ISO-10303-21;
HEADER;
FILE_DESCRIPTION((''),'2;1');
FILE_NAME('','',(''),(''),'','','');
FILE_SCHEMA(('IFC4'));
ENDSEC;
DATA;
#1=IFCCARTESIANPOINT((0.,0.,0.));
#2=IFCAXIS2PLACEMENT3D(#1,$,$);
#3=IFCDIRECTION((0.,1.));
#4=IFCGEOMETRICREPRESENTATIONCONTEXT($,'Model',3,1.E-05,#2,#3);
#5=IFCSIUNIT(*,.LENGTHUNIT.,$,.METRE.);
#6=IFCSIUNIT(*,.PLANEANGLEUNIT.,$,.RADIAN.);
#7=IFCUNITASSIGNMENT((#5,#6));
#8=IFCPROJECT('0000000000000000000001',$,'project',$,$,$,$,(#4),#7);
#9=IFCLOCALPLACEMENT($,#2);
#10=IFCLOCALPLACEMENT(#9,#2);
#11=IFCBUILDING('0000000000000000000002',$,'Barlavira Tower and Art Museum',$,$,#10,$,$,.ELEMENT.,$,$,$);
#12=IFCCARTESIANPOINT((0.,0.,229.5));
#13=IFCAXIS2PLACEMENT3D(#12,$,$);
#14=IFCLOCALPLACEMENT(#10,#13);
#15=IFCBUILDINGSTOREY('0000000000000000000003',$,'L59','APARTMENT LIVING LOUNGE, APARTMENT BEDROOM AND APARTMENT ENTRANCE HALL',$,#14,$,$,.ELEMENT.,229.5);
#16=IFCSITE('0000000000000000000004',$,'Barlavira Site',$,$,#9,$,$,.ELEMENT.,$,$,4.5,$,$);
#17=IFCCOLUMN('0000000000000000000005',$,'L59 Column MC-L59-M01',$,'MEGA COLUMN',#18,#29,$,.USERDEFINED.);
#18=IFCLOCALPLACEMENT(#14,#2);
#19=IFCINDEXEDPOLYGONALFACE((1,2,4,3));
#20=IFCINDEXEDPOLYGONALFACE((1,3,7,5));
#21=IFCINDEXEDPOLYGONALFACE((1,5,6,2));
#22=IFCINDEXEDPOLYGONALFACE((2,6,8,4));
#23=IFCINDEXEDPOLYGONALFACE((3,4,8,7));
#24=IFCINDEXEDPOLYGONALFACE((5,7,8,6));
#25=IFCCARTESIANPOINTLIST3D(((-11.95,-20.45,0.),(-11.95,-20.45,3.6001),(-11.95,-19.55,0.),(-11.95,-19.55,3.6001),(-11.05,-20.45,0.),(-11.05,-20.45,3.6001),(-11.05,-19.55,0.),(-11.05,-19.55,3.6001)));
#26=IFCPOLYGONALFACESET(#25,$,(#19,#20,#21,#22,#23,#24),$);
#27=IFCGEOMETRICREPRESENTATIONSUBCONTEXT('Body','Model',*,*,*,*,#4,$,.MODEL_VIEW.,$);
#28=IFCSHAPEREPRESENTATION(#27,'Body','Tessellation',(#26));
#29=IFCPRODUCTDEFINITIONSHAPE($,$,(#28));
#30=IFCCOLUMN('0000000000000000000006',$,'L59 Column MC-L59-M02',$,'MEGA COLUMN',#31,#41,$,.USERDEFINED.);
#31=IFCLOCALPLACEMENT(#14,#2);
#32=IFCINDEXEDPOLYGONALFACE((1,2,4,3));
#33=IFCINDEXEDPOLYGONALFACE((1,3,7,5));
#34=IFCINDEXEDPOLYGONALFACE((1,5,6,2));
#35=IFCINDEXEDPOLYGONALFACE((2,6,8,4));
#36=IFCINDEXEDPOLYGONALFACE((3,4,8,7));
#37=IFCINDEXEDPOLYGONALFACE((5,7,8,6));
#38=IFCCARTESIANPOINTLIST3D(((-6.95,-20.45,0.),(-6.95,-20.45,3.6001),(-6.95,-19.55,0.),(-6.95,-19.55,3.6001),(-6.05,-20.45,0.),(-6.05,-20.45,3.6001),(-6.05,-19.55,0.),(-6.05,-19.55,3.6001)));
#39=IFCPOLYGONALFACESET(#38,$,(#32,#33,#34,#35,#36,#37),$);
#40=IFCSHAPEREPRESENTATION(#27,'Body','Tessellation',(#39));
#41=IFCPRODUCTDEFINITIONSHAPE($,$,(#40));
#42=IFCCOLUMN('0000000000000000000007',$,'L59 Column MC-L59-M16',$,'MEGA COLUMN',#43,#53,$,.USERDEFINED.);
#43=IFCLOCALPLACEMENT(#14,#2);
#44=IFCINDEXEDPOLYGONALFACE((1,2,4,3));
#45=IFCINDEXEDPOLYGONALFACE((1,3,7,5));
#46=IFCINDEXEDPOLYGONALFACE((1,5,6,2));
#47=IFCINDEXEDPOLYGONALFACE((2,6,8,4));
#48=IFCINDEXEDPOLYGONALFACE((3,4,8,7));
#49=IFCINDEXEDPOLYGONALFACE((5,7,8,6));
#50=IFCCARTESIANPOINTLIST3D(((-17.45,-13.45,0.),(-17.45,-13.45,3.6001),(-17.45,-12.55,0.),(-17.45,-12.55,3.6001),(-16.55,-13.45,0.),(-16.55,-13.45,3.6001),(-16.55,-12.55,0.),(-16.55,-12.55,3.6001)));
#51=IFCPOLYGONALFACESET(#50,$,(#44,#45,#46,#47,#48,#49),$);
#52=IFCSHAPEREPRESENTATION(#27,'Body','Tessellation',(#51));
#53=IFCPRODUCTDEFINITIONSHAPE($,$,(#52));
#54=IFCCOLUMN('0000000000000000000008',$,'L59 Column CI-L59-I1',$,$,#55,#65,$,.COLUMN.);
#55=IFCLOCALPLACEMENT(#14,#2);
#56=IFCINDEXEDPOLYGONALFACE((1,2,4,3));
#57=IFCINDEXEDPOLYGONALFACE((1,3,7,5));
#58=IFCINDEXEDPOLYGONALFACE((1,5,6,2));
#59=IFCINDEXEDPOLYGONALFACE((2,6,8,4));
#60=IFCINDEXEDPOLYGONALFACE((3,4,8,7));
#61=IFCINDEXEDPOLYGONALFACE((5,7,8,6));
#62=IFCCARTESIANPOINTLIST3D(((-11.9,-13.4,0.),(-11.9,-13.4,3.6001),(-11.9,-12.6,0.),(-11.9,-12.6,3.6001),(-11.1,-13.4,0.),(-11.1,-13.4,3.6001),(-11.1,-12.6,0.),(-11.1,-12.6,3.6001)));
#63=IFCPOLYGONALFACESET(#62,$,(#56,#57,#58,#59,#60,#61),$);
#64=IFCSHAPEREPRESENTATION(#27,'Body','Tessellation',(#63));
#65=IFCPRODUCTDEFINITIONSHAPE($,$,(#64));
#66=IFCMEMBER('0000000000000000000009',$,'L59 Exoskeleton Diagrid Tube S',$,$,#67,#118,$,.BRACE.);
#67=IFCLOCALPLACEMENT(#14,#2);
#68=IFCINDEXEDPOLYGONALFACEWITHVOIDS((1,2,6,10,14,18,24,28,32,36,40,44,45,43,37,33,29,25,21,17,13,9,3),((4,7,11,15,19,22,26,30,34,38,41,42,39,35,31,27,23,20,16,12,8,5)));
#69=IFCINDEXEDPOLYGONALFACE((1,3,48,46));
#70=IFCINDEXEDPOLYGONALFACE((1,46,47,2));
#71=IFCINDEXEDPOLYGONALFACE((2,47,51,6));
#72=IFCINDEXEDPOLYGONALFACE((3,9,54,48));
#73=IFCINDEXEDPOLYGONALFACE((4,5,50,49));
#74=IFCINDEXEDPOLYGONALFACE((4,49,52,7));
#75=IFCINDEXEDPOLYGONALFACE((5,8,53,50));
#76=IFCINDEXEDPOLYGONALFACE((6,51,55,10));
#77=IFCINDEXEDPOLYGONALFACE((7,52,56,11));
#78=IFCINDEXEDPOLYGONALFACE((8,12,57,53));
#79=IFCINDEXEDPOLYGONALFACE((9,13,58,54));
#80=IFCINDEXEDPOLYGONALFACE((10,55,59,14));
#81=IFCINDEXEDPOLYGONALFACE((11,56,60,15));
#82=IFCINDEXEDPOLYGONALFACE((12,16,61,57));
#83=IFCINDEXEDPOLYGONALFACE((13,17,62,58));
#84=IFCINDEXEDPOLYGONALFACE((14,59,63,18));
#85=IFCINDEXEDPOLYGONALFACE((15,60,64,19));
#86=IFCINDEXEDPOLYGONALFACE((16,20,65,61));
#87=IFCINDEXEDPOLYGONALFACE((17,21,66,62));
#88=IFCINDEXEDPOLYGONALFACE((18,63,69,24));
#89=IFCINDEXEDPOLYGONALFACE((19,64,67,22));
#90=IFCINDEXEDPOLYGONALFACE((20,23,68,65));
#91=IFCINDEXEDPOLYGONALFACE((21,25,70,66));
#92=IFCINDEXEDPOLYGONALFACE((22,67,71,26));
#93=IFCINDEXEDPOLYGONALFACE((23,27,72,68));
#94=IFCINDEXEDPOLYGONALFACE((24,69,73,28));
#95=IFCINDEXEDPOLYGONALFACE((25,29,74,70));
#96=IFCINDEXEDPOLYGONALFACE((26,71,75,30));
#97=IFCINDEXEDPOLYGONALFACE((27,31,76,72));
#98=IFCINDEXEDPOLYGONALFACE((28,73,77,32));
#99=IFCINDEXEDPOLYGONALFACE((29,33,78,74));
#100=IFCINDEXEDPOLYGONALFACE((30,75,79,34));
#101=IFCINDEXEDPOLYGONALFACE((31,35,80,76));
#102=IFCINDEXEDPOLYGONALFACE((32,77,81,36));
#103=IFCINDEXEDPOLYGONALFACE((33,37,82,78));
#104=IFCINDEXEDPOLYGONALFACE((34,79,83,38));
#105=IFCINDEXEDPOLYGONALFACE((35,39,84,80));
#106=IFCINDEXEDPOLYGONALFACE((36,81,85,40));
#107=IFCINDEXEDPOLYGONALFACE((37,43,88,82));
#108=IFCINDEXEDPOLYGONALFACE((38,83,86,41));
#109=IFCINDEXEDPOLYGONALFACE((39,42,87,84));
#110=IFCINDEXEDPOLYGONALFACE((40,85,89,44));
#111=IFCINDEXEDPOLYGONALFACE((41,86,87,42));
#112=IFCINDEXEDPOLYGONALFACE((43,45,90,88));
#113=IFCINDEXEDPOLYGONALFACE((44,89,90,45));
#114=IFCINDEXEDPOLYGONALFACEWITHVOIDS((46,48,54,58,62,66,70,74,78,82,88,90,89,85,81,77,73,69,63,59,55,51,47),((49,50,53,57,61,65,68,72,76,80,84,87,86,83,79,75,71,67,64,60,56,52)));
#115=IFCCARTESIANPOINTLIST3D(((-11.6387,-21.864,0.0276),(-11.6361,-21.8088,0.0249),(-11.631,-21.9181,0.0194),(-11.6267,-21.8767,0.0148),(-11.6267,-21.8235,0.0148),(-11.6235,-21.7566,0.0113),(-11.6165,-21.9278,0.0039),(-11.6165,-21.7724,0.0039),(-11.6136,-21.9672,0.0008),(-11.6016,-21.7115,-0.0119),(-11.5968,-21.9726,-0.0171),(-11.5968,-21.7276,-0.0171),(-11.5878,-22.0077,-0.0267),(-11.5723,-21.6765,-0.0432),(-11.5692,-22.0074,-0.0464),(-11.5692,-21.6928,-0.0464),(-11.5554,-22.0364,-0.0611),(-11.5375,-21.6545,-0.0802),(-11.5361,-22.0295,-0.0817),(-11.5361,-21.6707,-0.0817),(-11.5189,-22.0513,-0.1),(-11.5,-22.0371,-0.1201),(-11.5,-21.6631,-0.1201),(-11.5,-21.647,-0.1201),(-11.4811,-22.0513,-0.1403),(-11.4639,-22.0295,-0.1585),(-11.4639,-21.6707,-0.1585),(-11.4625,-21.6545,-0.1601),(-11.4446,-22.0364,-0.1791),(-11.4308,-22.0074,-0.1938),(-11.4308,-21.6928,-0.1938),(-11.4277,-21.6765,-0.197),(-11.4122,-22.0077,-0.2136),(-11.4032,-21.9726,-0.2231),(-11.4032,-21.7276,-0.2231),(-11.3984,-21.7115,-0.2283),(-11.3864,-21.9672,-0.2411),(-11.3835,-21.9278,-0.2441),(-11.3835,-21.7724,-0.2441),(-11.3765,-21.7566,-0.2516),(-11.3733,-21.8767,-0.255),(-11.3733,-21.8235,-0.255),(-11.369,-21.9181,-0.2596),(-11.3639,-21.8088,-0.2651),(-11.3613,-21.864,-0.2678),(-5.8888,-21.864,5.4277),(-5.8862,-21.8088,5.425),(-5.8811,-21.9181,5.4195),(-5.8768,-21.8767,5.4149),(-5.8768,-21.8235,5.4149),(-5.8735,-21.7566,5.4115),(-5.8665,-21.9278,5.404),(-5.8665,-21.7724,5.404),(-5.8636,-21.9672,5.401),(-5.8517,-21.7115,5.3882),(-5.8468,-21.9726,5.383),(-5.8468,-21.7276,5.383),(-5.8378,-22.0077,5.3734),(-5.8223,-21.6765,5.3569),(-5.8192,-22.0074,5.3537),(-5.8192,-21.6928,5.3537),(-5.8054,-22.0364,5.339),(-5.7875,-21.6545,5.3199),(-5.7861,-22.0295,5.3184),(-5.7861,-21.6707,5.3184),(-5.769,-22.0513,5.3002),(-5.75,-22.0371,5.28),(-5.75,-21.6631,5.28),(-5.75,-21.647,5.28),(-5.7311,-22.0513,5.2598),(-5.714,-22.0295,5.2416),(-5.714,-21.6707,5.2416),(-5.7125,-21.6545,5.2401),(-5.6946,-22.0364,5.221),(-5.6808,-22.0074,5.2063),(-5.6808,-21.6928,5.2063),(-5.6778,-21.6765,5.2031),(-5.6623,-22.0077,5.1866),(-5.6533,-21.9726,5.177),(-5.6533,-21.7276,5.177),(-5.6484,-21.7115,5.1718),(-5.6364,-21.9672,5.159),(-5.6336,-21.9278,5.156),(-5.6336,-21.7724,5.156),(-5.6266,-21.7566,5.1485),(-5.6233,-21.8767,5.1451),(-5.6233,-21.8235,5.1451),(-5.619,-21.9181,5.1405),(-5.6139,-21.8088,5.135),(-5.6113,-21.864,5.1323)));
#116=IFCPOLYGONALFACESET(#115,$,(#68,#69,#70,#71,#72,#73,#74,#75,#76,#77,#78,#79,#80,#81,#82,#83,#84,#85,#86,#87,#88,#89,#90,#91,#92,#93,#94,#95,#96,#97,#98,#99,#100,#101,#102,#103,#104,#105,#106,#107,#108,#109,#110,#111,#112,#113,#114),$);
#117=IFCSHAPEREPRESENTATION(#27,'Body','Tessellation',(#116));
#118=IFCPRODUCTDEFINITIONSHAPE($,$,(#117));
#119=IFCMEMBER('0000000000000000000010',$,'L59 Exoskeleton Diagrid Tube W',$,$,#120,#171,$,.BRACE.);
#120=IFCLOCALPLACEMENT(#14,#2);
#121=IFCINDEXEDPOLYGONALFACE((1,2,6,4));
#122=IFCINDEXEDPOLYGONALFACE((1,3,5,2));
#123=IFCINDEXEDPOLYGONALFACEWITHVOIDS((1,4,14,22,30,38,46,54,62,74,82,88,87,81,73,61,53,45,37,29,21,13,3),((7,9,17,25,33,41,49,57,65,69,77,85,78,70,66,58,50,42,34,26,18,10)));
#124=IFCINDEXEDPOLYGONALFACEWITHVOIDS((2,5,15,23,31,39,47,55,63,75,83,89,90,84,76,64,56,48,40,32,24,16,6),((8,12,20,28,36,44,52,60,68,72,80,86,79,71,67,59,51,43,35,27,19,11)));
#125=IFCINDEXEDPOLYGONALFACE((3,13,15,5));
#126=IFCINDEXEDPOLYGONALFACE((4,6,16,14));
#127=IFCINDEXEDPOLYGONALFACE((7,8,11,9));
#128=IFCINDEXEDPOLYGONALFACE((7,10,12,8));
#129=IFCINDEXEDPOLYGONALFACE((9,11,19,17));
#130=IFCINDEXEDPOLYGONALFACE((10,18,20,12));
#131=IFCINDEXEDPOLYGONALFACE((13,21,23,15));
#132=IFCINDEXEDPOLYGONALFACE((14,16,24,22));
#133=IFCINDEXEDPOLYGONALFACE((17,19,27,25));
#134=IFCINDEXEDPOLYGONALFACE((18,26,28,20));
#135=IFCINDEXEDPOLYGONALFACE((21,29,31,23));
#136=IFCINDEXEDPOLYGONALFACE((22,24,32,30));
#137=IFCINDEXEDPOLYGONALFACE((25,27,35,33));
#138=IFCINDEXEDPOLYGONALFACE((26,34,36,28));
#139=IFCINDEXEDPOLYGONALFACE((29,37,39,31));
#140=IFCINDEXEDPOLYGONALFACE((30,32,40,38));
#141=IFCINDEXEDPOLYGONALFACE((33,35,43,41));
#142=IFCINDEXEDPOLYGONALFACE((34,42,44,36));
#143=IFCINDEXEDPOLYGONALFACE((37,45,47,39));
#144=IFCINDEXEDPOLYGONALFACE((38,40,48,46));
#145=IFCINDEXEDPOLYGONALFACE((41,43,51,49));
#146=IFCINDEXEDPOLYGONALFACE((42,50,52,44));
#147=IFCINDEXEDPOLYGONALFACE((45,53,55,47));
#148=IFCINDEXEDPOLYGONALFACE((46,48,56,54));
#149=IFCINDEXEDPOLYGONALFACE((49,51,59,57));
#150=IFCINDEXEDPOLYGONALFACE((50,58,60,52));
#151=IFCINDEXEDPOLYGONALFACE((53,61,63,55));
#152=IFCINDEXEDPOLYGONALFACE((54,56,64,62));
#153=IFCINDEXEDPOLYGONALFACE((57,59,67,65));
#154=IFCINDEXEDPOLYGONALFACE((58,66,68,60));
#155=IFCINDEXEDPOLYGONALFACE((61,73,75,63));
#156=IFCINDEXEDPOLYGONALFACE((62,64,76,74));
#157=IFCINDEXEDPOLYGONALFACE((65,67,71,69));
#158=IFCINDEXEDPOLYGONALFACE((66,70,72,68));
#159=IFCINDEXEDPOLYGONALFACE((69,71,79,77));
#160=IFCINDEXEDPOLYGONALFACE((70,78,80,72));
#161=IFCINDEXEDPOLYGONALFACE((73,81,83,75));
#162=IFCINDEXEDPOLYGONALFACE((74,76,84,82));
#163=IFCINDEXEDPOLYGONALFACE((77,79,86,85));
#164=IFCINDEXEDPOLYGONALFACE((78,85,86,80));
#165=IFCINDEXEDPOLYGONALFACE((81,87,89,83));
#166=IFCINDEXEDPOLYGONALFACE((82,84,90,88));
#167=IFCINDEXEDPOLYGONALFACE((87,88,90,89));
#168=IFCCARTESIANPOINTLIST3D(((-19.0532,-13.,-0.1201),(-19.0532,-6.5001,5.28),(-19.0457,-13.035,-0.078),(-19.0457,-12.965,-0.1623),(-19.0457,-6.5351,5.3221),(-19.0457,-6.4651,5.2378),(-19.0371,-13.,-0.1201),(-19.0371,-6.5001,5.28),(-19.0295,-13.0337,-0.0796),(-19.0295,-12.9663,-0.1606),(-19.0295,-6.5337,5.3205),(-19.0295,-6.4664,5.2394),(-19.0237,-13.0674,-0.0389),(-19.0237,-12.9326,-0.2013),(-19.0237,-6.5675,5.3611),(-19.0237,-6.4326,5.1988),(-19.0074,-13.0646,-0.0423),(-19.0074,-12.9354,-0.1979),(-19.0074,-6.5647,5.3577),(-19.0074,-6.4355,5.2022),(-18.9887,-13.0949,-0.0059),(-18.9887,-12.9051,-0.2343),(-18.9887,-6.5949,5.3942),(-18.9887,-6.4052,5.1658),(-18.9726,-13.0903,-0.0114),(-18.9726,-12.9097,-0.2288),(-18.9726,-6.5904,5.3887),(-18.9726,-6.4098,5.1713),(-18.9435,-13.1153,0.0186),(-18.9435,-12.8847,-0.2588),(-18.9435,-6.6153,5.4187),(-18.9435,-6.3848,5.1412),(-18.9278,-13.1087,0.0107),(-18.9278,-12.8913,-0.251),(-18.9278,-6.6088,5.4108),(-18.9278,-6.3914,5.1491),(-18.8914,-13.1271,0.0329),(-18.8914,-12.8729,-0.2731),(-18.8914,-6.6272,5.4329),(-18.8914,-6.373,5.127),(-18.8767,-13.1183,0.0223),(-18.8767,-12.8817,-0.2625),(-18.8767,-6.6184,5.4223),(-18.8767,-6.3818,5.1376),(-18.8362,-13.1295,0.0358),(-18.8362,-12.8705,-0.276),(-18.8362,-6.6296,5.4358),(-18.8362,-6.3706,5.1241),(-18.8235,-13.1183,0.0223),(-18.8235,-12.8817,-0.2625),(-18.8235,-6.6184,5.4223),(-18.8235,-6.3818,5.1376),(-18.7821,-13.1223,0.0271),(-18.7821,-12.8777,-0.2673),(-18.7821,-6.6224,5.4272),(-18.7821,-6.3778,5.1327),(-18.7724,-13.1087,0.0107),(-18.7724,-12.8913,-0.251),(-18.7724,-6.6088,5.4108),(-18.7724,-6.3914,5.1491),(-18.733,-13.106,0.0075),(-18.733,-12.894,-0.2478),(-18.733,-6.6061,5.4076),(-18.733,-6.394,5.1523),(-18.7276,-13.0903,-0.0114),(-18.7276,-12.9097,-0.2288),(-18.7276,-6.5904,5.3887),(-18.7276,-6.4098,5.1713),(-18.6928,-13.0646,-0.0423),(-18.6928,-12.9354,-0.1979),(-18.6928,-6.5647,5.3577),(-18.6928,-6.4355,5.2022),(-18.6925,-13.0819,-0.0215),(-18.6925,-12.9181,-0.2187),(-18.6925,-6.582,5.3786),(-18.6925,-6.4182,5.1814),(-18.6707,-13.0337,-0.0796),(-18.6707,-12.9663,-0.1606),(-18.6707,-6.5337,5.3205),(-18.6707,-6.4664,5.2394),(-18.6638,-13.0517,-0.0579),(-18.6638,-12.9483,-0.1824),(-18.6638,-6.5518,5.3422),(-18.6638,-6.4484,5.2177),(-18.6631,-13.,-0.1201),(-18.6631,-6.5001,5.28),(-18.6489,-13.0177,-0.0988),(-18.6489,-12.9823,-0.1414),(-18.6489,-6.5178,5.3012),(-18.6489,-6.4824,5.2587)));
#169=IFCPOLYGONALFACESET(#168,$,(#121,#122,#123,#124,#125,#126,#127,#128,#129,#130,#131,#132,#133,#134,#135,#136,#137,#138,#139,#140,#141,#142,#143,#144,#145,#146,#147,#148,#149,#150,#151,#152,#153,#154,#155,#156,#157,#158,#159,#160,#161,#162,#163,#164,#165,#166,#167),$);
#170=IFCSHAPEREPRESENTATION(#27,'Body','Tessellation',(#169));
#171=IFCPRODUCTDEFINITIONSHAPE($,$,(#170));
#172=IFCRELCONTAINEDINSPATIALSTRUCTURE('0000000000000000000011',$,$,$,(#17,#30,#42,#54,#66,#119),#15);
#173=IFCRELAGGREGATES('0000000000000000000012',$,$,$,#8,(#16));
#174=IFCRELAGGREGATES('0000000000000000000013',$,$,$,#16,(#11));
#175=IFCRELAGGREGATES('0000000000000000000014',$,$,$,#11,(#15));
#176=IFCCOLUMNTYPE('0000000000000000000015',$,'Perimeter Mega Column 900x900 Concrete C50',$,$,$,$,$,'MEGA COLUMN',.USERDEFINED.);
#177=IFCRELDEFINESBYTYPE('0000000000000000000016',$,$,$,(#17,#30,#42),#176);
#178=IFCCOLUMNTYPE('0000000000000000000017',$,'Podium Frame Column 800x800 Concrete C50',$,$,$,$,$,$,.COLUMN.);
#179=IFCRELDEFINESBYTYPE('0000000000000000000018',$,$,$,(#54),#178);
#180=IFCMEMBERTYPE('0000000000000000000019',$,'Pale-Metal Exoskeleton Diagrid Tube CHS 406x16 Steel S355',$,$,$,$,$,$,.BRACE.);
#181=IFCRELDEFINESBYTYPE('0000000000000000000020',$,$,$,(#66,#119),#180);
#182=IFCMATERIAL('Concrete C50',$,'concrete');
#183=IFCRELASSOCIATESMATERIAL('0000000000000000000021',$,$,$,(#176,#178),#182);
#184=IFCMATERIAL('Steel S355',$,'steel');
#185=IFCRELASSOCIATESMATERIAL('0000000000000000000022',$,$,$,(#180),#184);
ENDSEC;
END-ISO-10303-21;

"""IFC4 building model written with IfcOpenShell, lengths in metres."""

from ifc_helpers import new_model, si_unit, direction, frame, origin, origin_2d, place, context, subcontext, project, spatial, rectangle, hollow_circle, extrude, material, material_profile, profile_set, type_object, element, save


model = new_model("IFC4")

# Units and contexts
model_context = context("Model", 3, precision=1e-05, world=origin(), true_north=direction((0.0, 1.0)))
body_context = subcontext(model_context, "Body", "Model", "MODEL_VIEW")
ifc_project = project(units=[si_unit("LENGTHUNIT", "METRE"), si_unit("PLANEANGLEUNIT", "RADIAN")], contexts=[model_context])

# Site, building, storey
site_placement = place(None, origin())
site = spatial("IfcSite", under=ifc_project, at=site_placement, Name="Barlavira Site", CompositionType="ELEMENT", RefElevation=4.5)
building_placement = place(site_placement, origin())
building = spatial("IfcBuilding", under=site, at=building_placement, Name="Barlavira Tower and Art Museum", CompositionType="ELEMENT")
storey_placement = place(building_placement, frame((0.0, 0.0, 229.5)))
storey = spatial("IfcBuildingStorey", under=building, at=storey_placement, Name="L59", Description="APARTMENT LIVING LOUNGE, APARTMENT BEDROOM AND APARTMENT ENTRANCE HALL", CompositionType="ELEMENT", Elevation=229.5)

# Columns
ifc_material_1 = material(Name="Concrete C50", Category="concrete")
ifc_material_profile_1 = material_profile(ifc_material_1, rectangle(XDim=0.8999, YDim=0.8999, at=origin_2d()), Name="RC-COL 900x900")
ifc_profile_set_1 = profile_set([ifc_material_profile_1], Name="Concrete C50")
column_type_1 = type_object("IfcColumnType", Name="Perimeter Mega Column 900x900 Concrete C50", ElementType="MEGA COLUMN", PredefinedType="USERDEFINED", material=ifc_profile_set_1)
for number, where, z_axis, x_axis, name in (
    (1, (-11.5, -20.0, 0.0), (0.0, 0.0, 1.0), (1.0, 0.0, 0.0), "L59 Column MC-L59-M01"),
    (2, (-6.5, -20.0, 0.0), (0.0, 0.0, 1.0), (1.0, 0.0, 0.0), "L59 Column MC-L59-M02"),
    (3, (-17.0, -13.0, 0.0), (0.0, 0.0, 1.0), (1.0, 0.0, 0.0), "L59 Column MC-L59-M16"),
):
    element("IfcColumn", number, at=place(storey_placement, frame(where, z_axis=z_axis, x_axis=x_axis)), inside=storey, type_object=column_type_1, Name=name, ObjectType="MEGA COLUMN", PredefinedType="USERDEFINED", context=body_context, shape_type="SweptSolid", body=[
        extrude(rectangle(XDim=0.8999, YDim=0.8999, at=origin_2d()), origin(), (0.0, 0.0, 1.0), 3.6001),
    ])
ifc_material_profile_2 = material_profile(ifc_material_1, rectangle(XDim=0.8, YDim=0.8, at=origin_2d()), Name="RC-COL 800x800")
ifc_profile_set_2 = profile_set([ifc_material_profile_2], Name="Concrete C50")
column_type_2 = type_object("IfcColumnType", Name="Podium Frame Column 800x800 Concrete C50", PredefinedType="COLUMN", material=ifc_profile_set_2)
column_placement = place(storey_placement, frame((-11.5, -13.0, 0.0), z_axis=(0.0, 0.0, 1.0), x_axis=(1.0, 0.0, 0.0)))
element("IfcColumn", 4, at=column_placement, inside=storey, type_object=column_type_2, Name="L59 Column CI-L59-I1", PredefinedType="COLUMN", context=body_context, shape_type="SweptSolid", body=[
    extrude(rectangle(XDim=0.8, YDim=0.8, at=origin_2d()), origin(), (0.0, 0.0, 1.0), 3.6001),
])

# Members
ifc_material_2 = material(Name="Steel S355", Category="steel")
ifc_material_profile_3 = material_profile(ifc_material_2, hollow_circle(Radius=0.2031, WallThickness=0.0161, at=origin_2d()), Name="CHS 406.4x16.0")
ifc_profile_set_3 = profile_set([ifc_material_profile_3], Name="Steel S355")
member_type_1 = type_object("IfcMemberType", Name="Pale-Metal Exoskeleton Diagrid Tube CHS 406x16 Steel S355", PredefinedType="BRACE", material=ifc_profile_set_3)
member_1_placement = place(storey_placement, frame((-11.5, -21.8501, -0.1201), z_axis=(0.728935, 0.0, 0.684583), x_axis=(0.0, 1.0, 0.0)))
element("IfcMember", 5, at=member_1_placement, inside=storey, type_object=member_type_1, Name="L59 Exoskeleton Diagrid Tube S", PredefinedType="BRACE", context=body_context, shape_type="SweptSolid", body=[
    extrude(hollow_circle(Radius=0.2031, WallThickness=0.0161, at=origin_2d()), origin(), (0.0, 0.0, 1.0), 7.8882),
])
member_2_placement = place(storey_placement, frame((-18.8501, -13.0, -0.1201), z_axis=(0.0, 0.769182, 0.63903), x_axis=(-1.0, 0.0, 0.0)))
element("IfcMember", 6, at=member_2_placement, inside=storey, type_object=member_type_1, Name="L59 Exoskeleton Diagrid Tube W", PredefinedType="BRACE", context=body_context, shape_type="SweptSolid", body=[
    extrude(hollow_circle(Radius=0.2031, WallThickness=0.0161, at=origin_2d()), origin(), (0.0, 0.0, 1.0), 8.4504),
])

save(model, "model.ifc")
